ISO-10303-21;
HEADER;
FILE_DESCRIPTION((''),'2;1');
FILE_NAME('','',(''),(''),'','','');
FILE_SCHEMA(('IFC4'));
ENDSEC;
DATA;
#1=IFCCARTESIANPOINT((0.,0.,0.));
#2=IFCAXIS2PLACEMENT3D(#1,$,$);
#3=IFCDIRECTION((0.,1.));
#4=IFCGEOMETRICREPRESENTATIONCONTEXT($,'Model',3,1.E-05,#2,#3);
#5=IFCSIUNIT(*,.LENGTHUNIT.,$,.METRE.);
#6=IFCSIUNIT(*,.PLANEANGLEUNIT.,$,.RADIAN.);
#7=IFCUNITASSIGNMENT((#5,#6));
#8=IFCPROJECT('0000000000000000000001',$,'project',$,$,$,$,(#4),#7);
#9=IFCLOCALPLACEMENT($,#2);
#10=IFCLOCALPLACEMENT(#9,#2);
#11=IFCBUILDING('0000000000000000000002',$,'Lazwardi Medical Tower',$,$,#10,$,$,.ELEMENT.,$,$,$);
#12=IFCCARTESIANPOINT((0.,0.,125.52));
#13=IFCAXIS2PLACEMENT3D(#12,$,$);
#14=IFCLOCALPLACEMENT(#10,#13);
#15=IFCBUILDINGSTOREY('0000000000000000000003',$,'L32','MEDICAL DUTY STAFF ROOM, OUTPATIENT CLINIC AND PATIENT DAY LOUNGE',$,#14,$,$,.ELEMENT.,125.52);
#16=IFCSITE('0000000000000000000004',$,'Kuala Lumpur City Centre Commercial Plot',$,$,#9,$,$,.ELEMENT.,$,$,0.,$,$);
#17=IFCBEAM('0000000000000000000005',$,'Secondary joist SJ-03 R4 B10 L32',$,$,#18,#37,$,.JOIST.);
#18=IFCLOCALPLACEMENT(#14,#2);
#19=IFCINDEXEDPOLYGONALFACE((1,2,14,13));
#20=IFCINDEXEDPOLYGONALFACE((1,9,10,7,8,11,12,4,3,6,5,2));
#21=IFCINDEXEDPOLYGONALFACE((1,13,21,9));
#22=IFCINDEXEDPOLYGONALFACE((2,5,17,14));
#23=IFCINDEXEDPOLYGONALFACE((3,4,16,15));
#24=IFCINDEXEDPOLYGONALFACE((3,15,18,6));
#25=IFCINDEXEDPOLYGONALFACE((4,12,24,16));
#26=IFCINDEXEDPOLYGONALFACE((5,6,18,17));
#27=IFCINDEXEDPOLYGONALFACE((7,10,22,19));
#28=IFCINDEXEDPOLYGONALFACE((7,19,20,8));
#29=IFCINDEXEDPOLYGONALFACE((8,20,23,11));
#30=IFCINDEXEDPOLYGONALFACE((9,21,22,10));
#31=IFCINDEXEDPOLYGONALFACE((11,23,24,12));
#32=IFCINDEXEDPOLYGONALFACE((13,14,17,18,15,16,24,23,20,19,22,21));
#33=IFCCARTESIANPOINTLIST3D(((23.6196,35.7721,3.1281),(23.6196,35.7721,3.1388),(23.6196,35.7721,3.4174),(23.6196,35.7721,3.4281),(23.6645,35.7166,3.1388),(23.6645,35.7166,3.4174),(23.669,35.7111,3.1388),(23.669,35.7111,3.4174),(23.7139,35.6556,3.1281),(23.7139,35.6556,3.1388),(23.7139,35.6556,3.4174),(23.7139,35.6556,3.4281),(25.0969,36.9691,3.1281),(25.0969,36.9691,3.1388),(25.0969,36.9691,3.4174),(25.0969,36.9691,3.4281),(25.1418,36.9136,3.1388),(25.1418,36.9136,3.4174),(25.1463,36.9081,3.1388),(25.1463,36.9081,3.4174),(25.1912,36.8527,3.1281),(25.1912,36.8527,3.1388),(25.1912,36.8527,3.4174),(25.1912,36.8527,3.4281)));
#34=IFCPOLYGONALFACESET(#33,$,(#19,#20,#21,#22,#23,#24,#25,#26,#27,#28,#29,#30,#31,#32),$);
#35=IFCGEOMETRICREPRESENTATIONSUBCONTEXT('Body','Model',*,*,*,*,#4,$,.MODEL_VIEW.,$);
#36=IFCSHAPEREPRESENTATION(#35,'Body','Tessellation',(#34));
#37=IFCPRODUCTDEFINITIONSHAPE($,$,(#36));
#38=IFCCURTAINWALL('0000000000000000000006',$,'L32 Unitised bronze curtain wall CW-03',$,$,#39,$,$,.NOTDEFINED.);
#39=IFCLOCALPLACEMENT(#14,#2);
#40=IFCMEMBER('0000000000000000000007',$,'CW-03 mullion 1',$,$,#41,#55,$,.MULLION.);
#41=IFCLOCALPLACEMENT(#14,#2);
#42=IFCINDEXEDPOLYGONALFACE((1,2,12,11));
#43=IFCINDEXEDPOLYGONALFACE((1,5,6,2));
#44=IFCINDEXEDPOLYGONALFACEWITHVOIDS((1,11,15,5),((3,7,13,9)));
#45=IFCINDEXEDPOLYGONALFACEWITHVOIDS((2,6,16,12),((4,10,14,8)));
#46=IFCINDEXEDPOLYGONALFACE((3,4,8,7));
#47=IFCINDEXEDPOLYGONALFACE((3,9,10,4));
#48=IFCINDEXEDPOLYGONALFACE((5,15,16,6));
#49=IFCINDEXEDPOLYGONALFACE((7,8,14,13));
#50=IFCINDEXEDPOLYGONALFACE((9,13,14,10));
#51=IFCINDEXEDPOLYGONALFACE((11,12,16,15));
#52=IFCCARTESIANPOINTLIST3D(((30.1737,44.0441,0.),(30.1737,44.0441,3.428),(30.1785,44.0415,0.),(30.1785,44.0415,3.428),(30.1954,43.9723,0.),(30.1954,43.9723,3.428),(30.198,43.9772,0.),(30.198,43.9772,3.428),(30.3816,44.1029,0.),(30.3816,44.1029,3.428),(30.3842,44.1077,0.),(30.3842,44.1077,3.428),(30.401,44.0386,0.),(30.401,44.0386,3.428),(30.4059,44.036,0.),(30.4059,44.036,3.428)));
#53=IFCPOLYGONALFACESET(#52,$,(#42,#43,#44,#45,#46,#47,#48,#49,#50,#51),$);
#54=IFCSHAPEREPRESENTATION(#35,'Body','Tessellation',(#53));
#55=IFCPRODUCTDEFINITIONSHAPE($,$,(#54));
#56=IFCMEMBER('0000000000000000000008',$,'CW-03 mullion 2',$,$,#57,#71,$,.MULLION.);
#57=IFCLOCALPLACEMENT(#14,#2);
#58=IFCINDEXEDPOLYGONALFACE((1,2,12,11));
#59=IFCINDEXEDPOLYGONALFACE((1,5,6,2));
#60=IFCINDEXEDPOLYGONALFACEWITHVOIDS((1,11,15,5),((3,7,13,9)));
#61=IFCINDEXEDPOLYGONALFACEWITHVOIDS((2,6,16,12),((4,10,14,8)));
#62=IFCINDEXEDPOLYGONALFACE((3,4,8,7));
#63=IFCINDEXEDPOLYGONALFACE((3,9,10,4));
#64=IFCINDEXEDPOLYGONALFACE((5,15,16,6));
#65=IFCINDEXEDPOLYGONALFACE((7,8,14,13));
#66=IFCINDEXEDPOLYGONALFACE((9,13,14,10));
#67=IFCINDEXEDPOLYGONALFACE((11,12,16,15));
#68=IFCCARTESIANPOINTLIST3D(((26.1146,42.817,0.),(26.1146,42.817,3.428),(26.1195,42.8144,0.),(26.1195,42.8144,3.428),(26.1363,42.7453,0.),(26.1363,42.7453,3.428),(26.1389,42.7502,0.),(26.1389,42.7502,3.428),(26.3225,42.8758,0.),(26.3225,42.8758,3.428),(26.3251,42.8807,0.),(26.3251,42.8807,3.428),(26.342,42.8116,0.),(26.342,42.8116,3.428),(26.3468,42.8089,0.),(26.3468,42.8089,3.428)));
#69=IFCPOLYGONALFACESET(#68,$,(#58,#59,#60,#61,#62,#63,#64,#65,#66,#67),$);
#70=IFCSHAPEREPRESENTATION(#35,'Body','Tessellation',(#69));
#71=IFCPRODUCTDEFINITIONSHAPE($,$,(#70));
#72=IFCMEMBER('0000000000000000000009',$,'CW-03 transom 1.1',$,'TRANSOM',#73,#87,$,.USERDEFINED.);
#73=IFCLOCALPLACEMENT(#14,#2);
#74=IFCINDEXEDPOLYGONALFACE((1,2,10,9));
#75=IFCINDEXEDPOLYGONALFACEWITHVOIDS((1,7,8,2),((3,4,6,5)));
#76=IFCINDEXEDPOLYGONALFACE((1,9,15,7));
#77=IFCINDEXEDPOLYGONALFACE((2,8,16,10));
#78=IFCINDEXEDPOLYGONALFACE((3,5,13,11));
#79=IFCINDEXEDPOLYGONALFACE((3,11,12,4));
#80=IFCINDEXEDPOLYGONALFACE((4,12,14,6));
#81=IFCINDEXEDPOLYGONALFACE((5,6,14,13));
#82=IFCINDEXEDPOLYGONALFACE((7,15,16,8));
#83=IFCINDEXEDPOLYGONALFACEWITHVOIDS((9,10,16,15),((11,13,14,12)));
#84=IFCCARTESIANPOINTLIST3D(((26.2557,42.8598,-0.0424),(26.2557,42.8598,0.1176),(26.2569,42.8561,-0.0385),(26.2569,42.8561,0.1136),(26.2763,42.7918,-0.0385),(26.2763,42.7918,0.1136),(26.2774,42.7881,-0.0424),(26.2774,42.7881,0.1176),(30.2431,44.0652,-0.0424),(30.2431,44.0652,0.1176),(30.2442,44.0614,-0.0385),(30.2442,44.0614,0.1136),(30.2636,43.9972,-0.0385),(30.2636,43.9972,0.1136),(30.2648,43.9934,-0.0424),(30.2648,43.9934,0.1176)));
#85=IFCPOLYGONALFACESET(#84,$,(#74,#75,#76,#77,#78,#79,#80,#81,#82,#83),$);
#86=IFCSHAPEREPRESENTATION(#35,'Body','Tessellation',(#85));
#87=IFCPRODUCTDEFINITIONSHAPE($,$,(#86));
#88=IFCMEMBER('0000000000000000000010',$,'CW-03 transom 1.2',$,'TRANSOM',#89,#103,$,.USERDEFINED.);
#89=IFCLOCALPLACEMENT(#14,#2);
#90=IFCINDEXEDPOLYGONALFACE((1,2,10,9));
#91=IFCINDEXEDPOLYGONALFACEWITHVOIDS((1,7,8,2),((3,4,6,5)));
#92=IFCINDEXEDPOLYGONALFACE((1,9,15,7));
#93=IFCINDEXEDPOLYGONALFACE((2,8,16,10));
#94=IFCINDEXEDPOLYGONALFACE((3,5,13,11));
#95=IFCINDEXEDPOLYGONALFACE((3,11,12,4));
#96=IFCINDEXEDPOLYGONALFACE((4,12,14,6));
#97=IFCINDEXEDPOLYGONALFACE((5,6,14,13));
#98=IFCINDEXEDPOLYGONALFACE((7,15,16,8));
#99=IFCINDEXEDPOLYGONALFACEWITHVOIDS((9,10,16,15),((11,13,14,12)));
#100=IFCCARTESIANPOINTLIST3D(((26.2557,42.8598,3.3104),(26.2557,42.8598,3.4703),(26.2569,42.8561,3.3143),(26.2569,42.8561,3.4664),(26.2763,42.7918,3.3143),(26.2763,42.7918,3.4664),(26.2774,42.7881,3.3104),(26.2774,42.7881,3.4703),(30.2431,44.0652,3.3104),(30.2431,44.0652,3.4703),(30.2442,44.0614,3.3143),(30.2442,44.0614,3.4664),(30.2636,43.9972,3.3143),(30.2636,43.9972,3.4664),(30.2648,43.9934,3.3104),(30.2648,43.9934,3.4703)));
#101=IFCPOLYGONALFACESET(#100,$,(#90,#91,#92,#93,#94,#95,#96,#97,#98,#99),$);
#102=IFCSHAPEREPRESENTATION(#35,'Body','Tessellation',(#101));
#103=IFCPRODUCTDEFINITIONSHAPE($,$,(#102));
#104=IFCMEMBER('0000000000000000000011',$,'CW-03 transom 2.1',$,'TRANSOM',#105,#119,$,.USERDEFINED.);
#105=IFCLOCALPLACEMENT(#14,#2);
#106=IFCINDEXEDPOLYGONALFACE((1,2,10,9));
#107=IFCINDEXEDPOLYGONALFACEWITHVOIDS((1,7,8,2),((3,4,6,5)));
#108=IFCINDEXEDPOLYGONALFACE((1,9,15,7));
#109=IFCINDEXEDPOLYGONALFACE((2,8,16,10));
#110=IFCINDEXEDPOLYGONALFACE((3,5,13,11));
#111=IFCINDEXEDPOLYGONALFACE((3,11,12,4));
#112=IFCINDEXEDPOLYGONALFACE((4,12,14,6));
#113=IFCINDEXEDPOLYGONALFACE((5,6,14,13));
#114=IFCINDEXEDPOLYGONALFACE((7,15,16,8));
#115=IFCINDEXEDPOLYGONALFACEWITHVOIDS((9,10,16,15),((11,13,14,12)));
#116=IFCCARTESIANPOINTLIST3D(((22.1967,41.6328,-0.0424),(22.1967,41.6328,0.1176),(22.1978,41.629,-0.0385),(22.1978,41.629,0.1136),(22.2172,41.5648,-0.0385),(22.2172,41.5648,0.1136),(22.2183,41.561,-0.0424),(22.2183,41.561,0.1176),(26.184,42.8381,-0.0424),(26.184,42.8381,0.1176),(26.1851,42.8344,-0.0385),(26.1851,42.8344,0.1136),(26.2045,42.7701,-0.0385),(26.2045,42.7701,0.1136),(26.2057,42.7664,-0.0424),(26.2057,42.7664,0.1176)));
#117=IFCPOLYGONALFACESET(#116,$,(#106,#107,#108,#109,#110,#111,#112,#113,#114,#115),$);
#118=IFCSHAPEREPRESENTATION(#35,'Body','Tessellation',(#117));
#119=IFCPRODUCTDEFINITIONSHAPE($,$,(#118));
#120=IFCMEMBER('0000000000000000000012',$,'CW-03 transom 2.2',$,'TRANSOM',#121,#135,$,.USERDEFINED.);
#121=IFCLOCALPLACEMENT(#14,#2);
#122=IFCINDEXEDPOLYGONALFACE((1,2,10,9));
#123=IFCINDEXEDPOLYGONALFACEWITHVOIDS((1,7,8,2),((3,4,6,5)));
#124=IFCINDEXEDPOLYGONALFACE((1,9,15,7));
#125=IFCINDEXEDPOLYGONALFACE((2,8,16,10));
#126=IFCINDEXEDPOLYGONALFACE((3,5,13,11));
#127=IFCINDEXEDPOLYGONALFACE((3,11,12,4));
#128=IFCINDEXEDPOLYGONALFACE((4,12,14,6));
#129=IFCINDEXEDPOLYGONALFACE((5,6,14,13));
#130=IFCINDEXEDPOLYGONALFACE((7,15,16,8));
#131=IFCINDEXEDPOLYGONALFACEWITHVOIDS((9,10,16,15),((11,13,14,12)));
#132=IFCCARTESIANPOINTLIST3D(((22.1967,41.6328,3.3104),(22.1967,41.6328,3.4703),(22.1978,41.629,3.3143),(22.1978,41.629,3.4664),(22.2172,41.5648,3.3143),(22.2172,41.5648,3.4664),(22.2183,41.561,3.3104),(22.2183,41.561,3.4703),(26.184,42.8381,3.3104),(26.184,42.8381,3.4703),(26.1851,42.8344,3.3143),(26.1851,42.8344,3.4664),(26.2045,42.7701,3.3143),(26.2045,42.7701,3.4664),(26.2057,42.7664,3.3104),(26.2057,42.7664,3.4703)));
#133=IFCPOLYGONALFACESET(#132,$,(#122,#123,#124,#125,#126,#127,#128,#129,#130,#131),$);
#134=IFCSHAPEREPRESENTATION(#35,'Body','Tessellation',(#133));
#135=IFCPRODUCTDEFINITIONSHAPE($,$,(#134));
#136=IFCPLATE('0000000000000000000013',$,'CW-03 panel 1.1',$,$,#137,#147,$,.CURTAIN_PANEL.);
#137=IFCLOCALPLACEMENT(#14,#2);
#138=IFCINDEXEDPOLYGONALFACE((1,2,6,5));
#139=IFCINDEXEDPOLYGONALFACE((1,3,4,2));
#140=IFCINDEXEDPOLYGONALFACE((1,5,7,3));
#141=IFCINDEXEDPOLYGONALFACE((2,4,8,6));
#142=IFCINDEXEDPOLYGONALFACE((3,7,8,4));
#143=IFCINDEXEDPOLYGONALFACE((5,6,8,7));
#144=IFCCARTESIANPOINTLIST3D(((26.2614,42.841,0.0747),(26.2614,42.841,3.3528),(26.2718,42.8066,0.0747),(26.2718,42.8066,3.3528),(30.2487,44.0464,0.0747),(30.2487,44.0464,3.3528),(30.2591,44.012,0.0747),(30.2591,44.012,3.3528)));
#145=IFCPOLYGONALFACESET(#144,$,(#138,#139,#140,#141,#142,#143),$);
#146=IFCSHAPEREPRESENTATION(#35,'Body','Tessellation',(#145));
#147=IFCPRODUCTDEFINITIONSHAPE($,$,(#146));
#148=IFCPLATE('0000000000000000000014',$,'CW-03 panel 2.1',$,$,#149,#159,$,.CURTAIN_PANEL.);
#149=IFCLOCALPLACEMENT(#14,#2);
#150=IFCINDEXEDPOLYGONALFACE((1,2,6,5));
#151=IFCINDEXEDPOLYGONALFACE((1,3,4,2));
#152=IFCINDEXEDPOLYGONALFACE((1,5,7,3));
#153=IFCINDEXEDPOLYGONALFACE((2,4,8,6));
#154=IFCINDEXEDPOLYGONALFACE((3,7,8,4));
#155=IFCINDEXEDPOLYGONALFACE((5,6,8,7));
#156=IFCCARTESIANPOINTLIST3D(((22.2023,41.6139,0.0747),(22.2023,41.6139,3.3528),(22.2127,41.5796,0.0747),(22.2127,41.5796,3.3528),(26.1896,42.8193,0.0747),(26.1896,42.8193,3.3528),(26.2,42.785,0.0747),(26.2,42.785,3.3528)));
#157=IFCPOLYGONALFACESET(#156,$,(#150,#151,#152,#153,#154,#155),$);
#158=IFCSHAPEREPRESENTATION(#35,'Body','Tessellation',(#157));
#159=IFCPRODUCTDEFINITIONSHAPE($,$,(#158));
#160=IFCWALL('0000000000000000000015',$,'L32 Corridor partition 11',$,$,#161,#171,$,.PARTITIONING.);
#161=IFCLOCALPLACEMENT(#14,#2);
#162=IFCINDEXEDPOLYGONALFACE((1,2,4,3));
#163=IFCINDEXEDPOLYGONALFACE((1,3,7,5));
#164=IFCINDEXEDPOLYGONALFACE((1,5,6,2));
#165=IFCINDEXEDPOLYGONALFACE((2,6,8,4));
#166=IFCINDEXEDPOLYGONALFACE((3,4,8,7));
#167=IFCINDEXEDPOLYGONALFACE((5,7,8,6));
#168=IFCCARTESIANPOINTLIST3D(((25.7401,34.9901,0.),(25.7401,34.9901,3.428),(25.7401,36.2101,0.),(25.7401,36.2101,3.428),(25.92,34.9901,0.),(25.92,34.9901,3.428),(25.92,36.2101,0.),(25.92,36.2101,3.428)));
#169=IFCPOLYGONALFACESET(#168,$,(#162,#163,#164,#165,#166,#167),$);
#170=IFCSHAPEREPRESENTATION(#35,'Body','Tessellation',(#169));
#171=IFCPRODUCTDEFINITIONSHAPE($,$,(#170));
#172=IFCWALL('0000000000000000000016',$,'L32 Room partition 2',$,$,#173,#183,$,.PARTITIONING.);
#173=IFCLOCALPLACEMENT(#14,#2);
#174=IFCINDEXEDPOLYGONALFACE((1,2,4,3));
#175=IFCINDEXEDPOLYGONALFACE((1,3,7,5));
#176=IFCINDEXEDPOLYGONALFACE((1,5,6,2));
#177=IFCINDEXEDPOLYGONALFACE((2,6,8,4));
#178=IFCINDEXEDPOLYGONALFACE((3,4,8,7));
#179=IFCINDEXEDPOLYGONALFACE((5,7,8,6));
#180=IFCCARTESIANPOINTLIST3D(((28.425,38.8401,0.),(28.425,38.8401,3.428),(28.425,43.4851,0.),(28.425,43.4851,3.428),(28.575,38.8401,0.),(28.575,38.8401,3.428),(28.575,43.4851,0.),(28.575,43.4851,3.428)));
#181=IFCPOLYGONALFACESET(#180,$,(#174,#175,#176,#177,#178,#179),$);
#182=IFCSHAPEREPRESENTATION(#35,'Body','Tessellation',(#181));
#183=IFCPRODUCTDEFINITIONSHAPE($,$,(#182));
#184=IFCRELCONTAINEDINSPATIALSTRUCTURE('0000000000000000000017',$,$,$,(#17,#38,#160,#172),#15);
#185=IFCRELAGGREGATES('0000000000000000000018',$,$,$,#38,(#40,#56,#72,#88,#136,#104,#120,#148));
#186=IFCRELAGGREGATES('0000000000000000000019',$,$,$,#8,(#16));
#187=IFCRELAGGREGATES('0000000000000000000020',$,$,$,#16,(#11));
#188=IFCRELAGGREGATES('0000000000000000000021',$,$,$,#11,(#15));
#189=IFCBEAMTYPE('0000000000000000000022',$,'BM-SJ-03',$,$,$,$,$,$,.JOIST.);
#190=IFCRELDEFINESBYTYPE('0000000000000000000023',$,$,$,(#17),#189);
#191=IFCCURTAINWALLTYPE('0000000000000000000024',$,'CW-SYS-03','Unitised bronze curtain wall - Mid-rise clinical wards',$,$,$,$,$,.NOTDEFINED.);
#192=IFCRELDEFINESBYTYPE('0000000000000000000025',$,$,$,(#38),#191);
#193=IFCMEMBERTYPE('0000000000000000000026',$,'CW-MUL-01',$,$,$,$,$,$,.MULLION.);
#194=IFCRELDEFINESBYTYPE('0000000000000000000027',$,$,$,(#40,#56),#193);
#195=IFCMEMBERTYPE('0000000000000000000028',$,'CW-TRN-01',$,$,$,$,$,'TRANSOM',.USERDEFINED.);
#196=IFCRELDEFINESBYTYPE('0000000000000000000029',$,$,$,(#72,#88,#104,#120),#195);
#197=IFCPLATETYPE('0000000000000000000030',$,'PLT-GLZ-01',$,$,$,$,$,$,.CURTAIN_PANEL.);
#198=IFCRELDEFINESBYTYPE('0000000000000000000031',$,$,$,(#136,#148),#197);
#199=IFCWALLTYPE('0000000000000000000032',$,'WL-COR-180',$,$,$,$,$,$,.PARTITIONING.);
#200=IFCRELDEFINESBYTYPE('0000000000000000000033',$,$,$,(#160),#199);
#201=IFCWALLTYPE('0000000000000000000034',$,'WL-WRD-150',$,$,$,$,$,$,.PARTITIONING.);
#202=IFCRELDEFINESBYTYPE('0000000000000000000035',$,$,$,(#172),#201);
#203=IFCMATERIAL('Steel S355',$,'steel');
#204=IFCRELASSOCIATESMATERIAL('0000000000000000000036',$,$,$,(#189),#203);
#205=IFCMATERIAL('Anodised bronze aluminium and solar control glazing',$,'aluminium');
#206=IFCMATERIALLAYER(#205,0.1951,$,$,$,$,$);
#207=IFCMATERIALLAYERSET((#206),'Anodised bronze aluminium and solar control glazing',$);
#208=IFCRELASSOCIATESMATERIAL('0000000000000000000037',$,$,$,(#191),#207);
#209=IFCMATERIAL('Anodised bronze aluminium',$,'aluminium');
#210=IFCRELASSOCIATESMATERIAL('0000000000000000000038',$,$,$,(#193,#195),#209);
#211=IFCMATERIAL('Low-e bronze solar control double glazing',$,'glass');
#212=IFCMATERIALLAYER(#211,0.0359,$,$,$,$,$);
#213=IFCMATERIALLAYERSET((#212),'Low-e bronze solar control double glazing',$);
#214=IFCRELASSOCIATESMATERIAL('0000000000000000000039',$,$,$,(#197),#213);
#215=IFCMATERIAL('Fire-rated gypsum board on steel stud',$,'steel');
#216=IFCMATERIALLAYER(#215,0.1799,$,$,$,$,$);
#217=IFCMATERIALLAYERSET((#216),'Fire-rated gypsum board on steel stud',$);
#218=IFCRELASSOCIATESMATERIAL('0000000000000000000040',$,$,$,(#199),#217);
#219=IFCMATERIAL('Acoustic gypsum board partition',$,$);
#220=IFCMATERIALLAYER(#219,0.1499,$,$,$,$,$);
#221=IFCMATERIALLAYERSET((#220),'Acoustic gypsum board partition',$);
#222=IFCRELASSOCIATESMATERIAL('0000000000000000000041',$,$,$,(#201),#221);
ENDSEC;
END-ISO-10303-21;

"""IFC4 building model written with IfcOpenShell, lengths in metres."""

from ifc_helpers import new_model, si_unit, direction, frame, frame_2d, origin, origin_2d, place, context, subcontext, project, spatial, rectangle, hollow_rectangle, i_section, extrude, material, layer, layer_set, material_profile, profile_set, type_object, element, aggregate, save


model = new_model("IFC4")

# Units and contexts
model_context = context("Model", 3, precision=1e-05, world=origin(), true_north=direction((0.0, 1.0)))
body_context = subcontext(model_context, "Body", "Model", "MODEL_VIEW")
ifc_project = project(units=[si_unit("LENGTHUNIT", "METRE"), si_unit("PLANEANGLEUNIT", "RADIAN")], contexts=[model_context])

# Site, building, storey
site_placement = place(None, origin())
site = spatial("IfcSite", under=ifc_project, at=site_placement, Name="Kuala Lumpur City Centre Commercial Plot", CompositionType="ELEMENT", RefElevation=0.0)
building_placement = place(site_placement, origin())
building = spatial("IfcBuilding", under=site, at=building_placement, Name="Lazwardi Medical Tower", CompositionType="ELEMENT")
storey_placement = place(building_placement, frame((0.0, 0.0, 125.52)))
storey = spatial("IfcBuildingStorey", under=building, at=storey_placement, Name="L32", Description="MEDICAL DUTY STAFF ROOM, OUTPATIENT CLINIC AND PATIENT DAY LOUNGE", CompositionType="ELEMENT", Elevation=125.52)

# Beam
ifc_material_1 = material(Name="Steel S355", Category="steel")
ifc_material_profile_1 = material_profile(ifc_material_1, i_section(OverallWidth=0.1499, OverallDepth=0.3, WebThickness=0.0071, FlangeThickness=0.0107, at=origin_2d()), Name="IPE 300")
ifc_profile_set_1 = profile_set([ifc_material_profile_1], Name="Steel S355")
beam_type_1 = type_object("IfcBeamType", Name="BM-SJ-03", PredefinedType="JOIST", material=ifc_profile_set_1)
beam_1_placement = place(storey_placement, frame((25.144, 36.9109, 3.2781), z_axis=(-0.776958, -0.629553, 0.0), x_axis=(0.629553, -0.776958, 0.0)))
element("IfcBeam", 1, at=beam_1_placement, inside=storey, type_object=beam_type_1, Name="Secondary joist SJ-03 R4 B10 L32", PredefinedType="JOIST", context=body_context, shape_type="SweptSolid", body=[
    extrude(i_section(OverallWidth=0.1499, OverallDepth=0.3, WebThickness=0.0071, FlangeThickness=0.0107, at=origin_2d()), origin(), (0.0, 0.0, 1.0), 1.9014),
])

# Curtain wall, members, plates
ifc_material_2 = material(Name="Anodised bronze aluminium and solar control glazing", Category="aluminium")
ifc_layer_1 = layer(ifc_material_2, 0.1951)
ifc_layer_set_1 = layer_set([ifc_layer_1], Name="Anodised bronze aluminium and solar control glazing")
curtain_wall_type = type_object("IfcCurtainWallType", Name="CW-SYS-03", Description="Unitised bronze curtain wall - Mid-rise clinical wards", PredefinedType="NOTDEFINED", material=ifc_layer_set_1)
curtain_wall_placement = place(storey_placement, origin())
curtain_wall = element("IfcCurtainWall", 2, at=curtain_wall_placement, inside=storey, type_object=curtain_wall_type, Name="L32 Unitised bronze curtain wall CW-03", PredefinedType="NOTDEFINED")
ifc_material_3 = material(Name="Anodised bronze aluminium", Category="aluminium")
ifc_material_profile_2 = material_profile(ifc_material_3, hollow_rectangle(XDim=0.075, YDim=0.22, WallThickness=0.0039, at=origin_2d()), Name="ALU-MULLION 220x75x4")
ifc_profile_set_2 = profile_set([ifc_material_profile_2], Name="Anodised bronze aluminium")
member_type_1 = type_object("IfcMemberType", Name="CW-MUL-01", PredefinedType="MULLION", material=ifc_profile_set_2)
member_1_placement = place(storey_placement, frame((30.2898, 44.04, 0.0), z_axis=(0.0, 0.0, 1.0), x_axis=(0.289374, -0.957216, 0.0)))
member_1 = element("IfcMember", 3, at=member_1_placement, type_object=member_type_1, Name="CW-03 mullion 1", PredefinedType="MULLION", context=body_context, shape_type="SweptSolid", body=[
    extrude(hollow_rectangle(XDim=0.075, YDim=0.22, WallThickness=0.0039, at=origin_2d()), origin(), (0.0, 0.0, 1.0), 3.428),
])
member_2_placement = place(storey_placement, frame((26.2307, 42.813, 0.0), z_axis=(0.0, 0.0, 1.0), x_axis=(0.289374, -0.957216, 0.0)))
member_2 = element("IfcMember", 4, at=member_2_placement, type_object=member_type_1, Name="CW-03 mullion 2", PredefinedType="MULLION", context=body_context, shape_type="SweptSolid", body=[
    extrude(hollow_rectangle(XDim=0.075, YDim=0.22, WallThickness=0.0039, at=origin_2d()), origin(), (0.0, 0.0, 1.0), 3.428),
])
ifc_material_profile_3 = material_profile(ifc_material_3, hollow_rectangle(XDim=0.075, YDim=0.1599, WallThickness=0.0039, at=origin_2d()), Name="ALU-TRANSOM 160x75x4")
ifc_profile_set_3 = profile_set([ifc_material_profile_3], Name="Anodised bronze aluminium")
member_type_2 = type_object("IfcMemberType", Name="CW-TRN-01", ElementType="TRANSOM", PredefinedType="USERDEFINED", material=ifc_profile_set_3)
member_3_placement = place(storey_placement, frame((30.2539, 44.0293, 0.0376), z_axis=(-0.957221, -0.289358, 0.0), x_axis=(0.289358, -0.957221, 0.0)))
member_3 = element("IfcMember", 5, at=member_3_placement, type_object=member_type_2, Name="CW-03 transom 1.1", ObjectType="TRANSOM", PredefinedType="USERDEFINED", context=body_context, shape_type="SweptSolid", body=[
    extrude(hollow_rectangle(XDim=0.075, YDim=0.1599, WallThickness=0.0039, at=origin_2d()), origin(), (0.0, 0.0, 1.0), 4.1655),
])
member_4_placement = place(storey_placement, frame((30.2539, 44.0293, 3.3904), z_axis=(-0.957221, -0.289358, 0.0), x_axis=(0.289358, -0.957221, 0.0)))
member_4 = element("IfcMember", 6, at=member_4_placement, type_object=member_type_2, Name="CW-03 transom 1.2", ObjectType="TRANSOM", PredefinedType="USERDEFINED", context=body_context, shape_type="SweptSolid", body=[
    extrude(hollow_rectangle(XDim=0.075, YDim=0.1599, WallThickness=0.0039, at=origin_2d()), origin(), (0.0, 0.0, 1.0), 4.1655),
])
member_5_placement = place(storey_placement, frame((26.1948, 42.8022, 0.0376), z_axis=(-0.957221, -0.289358, 0.0), x_axis=(0.289358, -0.957221, 0.0)))
member_5 = element("IfcMember", 7, at=member_5_placement, type_object=member_type_2, Name="CW-03 transom 2.1", ObjectType="TRANSOM", PredefinedType="USERDEFINED", context=body_context, shape_type="SweptSolid", body=[
    extrude(hollow_rectangle(XDim=0.075, YDim=0.1599, WallThickness=0.0039, at=origin_2d()), origin(), (0.0, 0.0, 1.0), 4.1655),
])
member_6_placement = place(storey_placement, frame((26.1948, 42.8022, 3.3904), z_axis=(-0.957221, -0.289358, 0.0), x_axis=(0.289358, -0.957221, 0.0)))
member_6 = element("IfcMember", 8, at=member_6_placement, type_object=member_type_2, Name="CW-03 transom 2.2", ObjectType="TRANSOM", PredefinedType="USERDEFINED", context=body_context, shape_type="SweptSolid", body=[
    extrude(hollow_rectangle(XDim=0.075, YDim=0.1599, WallThickness=0.0039, at=origin_2d()), origin(), (0.0, 0.0, 1.0), 4.1655),
])
ifc_material_4 = material(Name="Low-e bronze solar control double glazing", Category="glass")
ifc_layer_2 = layer(ifc_material_4, 0.0359)
ifc_layer_set_2 = layer_set([ifc_layer_2], Name="Low-e bronze solar control double glazing")
plate_type = type_object("IfcPlateType", Name="PLT-GLZ-01", PredefinedType="CURTAIN_PANEL", material=ifc_layer_set_2)
plate_1_placement = place(storey_placement, frame((28.2603, 43.4265, 0.0747), z_axis=(0.0, 0.0, 1.0), x_axis=(-0.957216, -0.289374, 0.0)))
plate_1 = element("IfcPlate", 9, at=plate_1_placement, type_object=plate_type, Name="CW-03 panel 1.1", PredefinedType="CURTAIN_PANEL", context=body_context, shape_type="SweptSolid", body=[
    extrude(rectangle(XDim=4.1655, YDim=0.0359, at=origin_2d()), origin(), (0.0, 0.0, 1.0), 3.2781),
])
plate_2_placement = place(storey_placement, frame((24.2012, 42.1995, 0.0747), z_axis=(0.0, 0.0, 1.0), x_axis=(-0.957216, -0.289374, 0.0)))
plate_2 = element("IfcPlate", 10, at=plate_2_placement, type_object=plate_type, Name="CW-03 panel 2.1", PredefinedType="CURTAIN_PANEL", context=body_context, shape_type="SweptSolid", body=[
    extrude(rectangle(XDim=4.1655, YDim=0.0359, at=origin_2d()), origin(), (0.0, 0.0, 1.0), 3.2781),
])
aggregate(curtain_wall, [member_1, member_2, member_3, member_4, plate_1, member_5, member_6, plate_2])

# Walls
ifc_material_5 = material(Name="Fire-rated gypsum board on steel stud", Category="steel")
ifc_layer_3 = layer(ifc_material_5, 0.1799)
ifc_layer_set_3 = layer_set([ifc_layer_3], Name="Fire-rated gypsum board on steel stud")
wall_type_1 = type_object("IfcWallType", Name="WL-COR-180", PredefinedType="PARTITIONING", material=ifc_layer_set_3)
wall_1_placement = place(storey_placement, frame((25.8301, 36.21, 0.0), z_axis=(0.0, 0.0, 1.0), x_axis=(0.0, -1.0, 0.0)))
element("IfcWall", 11, at=wall_1_placement, inside=storey, type_object=wall_type_1, Name="L32 Corridor partition 11", PredefinedType="PARTITIONING", context=body_context, shape_type="SweptSolid", body=[
    extrude(rectangle(XDim=1.22, YDim=0.1799, at=frame_2d((0.6099, 0.0))), origin(), (0.0, 0.0, 1.0), 3.428),
])
ifc_material_6 = material(Name="Acoustic gypsum board partition")
ifc_layer_4 = layer(ifc_material_6, 0.1499)
ifc_layer_set_4 = layer_set([ifc_layer_4], Name="Acoustic gypsum board partition")
wall_type_2 = type_object("IfcWallType", Name="WL-WRD-150", PredefinedType="PARTITIONING", material=ifc_layer_set_4)
wall_2_placement = place(storey_placement, frame((28.5, 38.8401, 0.0), z_axis=(0.0, 0.0, 1.0), x_axis=(0.0, 1.0, 0.0)))
element("IfcWall", 12, at=wall_2_placement, inside=storey, type_object=wall_type_2, Name="L32 Room partition 2", PredefinedType="PARTITIONING", context=body_context, shape_type="SweptSolid", body=[
    extrude(rectangle(XDim=4.645, YDim=0.1499, at=frame_2d((2.3225, 0.0))), origin(), (0.0, 0.0, 1.0), 3.428),
])

save(model, "model.ifc")
